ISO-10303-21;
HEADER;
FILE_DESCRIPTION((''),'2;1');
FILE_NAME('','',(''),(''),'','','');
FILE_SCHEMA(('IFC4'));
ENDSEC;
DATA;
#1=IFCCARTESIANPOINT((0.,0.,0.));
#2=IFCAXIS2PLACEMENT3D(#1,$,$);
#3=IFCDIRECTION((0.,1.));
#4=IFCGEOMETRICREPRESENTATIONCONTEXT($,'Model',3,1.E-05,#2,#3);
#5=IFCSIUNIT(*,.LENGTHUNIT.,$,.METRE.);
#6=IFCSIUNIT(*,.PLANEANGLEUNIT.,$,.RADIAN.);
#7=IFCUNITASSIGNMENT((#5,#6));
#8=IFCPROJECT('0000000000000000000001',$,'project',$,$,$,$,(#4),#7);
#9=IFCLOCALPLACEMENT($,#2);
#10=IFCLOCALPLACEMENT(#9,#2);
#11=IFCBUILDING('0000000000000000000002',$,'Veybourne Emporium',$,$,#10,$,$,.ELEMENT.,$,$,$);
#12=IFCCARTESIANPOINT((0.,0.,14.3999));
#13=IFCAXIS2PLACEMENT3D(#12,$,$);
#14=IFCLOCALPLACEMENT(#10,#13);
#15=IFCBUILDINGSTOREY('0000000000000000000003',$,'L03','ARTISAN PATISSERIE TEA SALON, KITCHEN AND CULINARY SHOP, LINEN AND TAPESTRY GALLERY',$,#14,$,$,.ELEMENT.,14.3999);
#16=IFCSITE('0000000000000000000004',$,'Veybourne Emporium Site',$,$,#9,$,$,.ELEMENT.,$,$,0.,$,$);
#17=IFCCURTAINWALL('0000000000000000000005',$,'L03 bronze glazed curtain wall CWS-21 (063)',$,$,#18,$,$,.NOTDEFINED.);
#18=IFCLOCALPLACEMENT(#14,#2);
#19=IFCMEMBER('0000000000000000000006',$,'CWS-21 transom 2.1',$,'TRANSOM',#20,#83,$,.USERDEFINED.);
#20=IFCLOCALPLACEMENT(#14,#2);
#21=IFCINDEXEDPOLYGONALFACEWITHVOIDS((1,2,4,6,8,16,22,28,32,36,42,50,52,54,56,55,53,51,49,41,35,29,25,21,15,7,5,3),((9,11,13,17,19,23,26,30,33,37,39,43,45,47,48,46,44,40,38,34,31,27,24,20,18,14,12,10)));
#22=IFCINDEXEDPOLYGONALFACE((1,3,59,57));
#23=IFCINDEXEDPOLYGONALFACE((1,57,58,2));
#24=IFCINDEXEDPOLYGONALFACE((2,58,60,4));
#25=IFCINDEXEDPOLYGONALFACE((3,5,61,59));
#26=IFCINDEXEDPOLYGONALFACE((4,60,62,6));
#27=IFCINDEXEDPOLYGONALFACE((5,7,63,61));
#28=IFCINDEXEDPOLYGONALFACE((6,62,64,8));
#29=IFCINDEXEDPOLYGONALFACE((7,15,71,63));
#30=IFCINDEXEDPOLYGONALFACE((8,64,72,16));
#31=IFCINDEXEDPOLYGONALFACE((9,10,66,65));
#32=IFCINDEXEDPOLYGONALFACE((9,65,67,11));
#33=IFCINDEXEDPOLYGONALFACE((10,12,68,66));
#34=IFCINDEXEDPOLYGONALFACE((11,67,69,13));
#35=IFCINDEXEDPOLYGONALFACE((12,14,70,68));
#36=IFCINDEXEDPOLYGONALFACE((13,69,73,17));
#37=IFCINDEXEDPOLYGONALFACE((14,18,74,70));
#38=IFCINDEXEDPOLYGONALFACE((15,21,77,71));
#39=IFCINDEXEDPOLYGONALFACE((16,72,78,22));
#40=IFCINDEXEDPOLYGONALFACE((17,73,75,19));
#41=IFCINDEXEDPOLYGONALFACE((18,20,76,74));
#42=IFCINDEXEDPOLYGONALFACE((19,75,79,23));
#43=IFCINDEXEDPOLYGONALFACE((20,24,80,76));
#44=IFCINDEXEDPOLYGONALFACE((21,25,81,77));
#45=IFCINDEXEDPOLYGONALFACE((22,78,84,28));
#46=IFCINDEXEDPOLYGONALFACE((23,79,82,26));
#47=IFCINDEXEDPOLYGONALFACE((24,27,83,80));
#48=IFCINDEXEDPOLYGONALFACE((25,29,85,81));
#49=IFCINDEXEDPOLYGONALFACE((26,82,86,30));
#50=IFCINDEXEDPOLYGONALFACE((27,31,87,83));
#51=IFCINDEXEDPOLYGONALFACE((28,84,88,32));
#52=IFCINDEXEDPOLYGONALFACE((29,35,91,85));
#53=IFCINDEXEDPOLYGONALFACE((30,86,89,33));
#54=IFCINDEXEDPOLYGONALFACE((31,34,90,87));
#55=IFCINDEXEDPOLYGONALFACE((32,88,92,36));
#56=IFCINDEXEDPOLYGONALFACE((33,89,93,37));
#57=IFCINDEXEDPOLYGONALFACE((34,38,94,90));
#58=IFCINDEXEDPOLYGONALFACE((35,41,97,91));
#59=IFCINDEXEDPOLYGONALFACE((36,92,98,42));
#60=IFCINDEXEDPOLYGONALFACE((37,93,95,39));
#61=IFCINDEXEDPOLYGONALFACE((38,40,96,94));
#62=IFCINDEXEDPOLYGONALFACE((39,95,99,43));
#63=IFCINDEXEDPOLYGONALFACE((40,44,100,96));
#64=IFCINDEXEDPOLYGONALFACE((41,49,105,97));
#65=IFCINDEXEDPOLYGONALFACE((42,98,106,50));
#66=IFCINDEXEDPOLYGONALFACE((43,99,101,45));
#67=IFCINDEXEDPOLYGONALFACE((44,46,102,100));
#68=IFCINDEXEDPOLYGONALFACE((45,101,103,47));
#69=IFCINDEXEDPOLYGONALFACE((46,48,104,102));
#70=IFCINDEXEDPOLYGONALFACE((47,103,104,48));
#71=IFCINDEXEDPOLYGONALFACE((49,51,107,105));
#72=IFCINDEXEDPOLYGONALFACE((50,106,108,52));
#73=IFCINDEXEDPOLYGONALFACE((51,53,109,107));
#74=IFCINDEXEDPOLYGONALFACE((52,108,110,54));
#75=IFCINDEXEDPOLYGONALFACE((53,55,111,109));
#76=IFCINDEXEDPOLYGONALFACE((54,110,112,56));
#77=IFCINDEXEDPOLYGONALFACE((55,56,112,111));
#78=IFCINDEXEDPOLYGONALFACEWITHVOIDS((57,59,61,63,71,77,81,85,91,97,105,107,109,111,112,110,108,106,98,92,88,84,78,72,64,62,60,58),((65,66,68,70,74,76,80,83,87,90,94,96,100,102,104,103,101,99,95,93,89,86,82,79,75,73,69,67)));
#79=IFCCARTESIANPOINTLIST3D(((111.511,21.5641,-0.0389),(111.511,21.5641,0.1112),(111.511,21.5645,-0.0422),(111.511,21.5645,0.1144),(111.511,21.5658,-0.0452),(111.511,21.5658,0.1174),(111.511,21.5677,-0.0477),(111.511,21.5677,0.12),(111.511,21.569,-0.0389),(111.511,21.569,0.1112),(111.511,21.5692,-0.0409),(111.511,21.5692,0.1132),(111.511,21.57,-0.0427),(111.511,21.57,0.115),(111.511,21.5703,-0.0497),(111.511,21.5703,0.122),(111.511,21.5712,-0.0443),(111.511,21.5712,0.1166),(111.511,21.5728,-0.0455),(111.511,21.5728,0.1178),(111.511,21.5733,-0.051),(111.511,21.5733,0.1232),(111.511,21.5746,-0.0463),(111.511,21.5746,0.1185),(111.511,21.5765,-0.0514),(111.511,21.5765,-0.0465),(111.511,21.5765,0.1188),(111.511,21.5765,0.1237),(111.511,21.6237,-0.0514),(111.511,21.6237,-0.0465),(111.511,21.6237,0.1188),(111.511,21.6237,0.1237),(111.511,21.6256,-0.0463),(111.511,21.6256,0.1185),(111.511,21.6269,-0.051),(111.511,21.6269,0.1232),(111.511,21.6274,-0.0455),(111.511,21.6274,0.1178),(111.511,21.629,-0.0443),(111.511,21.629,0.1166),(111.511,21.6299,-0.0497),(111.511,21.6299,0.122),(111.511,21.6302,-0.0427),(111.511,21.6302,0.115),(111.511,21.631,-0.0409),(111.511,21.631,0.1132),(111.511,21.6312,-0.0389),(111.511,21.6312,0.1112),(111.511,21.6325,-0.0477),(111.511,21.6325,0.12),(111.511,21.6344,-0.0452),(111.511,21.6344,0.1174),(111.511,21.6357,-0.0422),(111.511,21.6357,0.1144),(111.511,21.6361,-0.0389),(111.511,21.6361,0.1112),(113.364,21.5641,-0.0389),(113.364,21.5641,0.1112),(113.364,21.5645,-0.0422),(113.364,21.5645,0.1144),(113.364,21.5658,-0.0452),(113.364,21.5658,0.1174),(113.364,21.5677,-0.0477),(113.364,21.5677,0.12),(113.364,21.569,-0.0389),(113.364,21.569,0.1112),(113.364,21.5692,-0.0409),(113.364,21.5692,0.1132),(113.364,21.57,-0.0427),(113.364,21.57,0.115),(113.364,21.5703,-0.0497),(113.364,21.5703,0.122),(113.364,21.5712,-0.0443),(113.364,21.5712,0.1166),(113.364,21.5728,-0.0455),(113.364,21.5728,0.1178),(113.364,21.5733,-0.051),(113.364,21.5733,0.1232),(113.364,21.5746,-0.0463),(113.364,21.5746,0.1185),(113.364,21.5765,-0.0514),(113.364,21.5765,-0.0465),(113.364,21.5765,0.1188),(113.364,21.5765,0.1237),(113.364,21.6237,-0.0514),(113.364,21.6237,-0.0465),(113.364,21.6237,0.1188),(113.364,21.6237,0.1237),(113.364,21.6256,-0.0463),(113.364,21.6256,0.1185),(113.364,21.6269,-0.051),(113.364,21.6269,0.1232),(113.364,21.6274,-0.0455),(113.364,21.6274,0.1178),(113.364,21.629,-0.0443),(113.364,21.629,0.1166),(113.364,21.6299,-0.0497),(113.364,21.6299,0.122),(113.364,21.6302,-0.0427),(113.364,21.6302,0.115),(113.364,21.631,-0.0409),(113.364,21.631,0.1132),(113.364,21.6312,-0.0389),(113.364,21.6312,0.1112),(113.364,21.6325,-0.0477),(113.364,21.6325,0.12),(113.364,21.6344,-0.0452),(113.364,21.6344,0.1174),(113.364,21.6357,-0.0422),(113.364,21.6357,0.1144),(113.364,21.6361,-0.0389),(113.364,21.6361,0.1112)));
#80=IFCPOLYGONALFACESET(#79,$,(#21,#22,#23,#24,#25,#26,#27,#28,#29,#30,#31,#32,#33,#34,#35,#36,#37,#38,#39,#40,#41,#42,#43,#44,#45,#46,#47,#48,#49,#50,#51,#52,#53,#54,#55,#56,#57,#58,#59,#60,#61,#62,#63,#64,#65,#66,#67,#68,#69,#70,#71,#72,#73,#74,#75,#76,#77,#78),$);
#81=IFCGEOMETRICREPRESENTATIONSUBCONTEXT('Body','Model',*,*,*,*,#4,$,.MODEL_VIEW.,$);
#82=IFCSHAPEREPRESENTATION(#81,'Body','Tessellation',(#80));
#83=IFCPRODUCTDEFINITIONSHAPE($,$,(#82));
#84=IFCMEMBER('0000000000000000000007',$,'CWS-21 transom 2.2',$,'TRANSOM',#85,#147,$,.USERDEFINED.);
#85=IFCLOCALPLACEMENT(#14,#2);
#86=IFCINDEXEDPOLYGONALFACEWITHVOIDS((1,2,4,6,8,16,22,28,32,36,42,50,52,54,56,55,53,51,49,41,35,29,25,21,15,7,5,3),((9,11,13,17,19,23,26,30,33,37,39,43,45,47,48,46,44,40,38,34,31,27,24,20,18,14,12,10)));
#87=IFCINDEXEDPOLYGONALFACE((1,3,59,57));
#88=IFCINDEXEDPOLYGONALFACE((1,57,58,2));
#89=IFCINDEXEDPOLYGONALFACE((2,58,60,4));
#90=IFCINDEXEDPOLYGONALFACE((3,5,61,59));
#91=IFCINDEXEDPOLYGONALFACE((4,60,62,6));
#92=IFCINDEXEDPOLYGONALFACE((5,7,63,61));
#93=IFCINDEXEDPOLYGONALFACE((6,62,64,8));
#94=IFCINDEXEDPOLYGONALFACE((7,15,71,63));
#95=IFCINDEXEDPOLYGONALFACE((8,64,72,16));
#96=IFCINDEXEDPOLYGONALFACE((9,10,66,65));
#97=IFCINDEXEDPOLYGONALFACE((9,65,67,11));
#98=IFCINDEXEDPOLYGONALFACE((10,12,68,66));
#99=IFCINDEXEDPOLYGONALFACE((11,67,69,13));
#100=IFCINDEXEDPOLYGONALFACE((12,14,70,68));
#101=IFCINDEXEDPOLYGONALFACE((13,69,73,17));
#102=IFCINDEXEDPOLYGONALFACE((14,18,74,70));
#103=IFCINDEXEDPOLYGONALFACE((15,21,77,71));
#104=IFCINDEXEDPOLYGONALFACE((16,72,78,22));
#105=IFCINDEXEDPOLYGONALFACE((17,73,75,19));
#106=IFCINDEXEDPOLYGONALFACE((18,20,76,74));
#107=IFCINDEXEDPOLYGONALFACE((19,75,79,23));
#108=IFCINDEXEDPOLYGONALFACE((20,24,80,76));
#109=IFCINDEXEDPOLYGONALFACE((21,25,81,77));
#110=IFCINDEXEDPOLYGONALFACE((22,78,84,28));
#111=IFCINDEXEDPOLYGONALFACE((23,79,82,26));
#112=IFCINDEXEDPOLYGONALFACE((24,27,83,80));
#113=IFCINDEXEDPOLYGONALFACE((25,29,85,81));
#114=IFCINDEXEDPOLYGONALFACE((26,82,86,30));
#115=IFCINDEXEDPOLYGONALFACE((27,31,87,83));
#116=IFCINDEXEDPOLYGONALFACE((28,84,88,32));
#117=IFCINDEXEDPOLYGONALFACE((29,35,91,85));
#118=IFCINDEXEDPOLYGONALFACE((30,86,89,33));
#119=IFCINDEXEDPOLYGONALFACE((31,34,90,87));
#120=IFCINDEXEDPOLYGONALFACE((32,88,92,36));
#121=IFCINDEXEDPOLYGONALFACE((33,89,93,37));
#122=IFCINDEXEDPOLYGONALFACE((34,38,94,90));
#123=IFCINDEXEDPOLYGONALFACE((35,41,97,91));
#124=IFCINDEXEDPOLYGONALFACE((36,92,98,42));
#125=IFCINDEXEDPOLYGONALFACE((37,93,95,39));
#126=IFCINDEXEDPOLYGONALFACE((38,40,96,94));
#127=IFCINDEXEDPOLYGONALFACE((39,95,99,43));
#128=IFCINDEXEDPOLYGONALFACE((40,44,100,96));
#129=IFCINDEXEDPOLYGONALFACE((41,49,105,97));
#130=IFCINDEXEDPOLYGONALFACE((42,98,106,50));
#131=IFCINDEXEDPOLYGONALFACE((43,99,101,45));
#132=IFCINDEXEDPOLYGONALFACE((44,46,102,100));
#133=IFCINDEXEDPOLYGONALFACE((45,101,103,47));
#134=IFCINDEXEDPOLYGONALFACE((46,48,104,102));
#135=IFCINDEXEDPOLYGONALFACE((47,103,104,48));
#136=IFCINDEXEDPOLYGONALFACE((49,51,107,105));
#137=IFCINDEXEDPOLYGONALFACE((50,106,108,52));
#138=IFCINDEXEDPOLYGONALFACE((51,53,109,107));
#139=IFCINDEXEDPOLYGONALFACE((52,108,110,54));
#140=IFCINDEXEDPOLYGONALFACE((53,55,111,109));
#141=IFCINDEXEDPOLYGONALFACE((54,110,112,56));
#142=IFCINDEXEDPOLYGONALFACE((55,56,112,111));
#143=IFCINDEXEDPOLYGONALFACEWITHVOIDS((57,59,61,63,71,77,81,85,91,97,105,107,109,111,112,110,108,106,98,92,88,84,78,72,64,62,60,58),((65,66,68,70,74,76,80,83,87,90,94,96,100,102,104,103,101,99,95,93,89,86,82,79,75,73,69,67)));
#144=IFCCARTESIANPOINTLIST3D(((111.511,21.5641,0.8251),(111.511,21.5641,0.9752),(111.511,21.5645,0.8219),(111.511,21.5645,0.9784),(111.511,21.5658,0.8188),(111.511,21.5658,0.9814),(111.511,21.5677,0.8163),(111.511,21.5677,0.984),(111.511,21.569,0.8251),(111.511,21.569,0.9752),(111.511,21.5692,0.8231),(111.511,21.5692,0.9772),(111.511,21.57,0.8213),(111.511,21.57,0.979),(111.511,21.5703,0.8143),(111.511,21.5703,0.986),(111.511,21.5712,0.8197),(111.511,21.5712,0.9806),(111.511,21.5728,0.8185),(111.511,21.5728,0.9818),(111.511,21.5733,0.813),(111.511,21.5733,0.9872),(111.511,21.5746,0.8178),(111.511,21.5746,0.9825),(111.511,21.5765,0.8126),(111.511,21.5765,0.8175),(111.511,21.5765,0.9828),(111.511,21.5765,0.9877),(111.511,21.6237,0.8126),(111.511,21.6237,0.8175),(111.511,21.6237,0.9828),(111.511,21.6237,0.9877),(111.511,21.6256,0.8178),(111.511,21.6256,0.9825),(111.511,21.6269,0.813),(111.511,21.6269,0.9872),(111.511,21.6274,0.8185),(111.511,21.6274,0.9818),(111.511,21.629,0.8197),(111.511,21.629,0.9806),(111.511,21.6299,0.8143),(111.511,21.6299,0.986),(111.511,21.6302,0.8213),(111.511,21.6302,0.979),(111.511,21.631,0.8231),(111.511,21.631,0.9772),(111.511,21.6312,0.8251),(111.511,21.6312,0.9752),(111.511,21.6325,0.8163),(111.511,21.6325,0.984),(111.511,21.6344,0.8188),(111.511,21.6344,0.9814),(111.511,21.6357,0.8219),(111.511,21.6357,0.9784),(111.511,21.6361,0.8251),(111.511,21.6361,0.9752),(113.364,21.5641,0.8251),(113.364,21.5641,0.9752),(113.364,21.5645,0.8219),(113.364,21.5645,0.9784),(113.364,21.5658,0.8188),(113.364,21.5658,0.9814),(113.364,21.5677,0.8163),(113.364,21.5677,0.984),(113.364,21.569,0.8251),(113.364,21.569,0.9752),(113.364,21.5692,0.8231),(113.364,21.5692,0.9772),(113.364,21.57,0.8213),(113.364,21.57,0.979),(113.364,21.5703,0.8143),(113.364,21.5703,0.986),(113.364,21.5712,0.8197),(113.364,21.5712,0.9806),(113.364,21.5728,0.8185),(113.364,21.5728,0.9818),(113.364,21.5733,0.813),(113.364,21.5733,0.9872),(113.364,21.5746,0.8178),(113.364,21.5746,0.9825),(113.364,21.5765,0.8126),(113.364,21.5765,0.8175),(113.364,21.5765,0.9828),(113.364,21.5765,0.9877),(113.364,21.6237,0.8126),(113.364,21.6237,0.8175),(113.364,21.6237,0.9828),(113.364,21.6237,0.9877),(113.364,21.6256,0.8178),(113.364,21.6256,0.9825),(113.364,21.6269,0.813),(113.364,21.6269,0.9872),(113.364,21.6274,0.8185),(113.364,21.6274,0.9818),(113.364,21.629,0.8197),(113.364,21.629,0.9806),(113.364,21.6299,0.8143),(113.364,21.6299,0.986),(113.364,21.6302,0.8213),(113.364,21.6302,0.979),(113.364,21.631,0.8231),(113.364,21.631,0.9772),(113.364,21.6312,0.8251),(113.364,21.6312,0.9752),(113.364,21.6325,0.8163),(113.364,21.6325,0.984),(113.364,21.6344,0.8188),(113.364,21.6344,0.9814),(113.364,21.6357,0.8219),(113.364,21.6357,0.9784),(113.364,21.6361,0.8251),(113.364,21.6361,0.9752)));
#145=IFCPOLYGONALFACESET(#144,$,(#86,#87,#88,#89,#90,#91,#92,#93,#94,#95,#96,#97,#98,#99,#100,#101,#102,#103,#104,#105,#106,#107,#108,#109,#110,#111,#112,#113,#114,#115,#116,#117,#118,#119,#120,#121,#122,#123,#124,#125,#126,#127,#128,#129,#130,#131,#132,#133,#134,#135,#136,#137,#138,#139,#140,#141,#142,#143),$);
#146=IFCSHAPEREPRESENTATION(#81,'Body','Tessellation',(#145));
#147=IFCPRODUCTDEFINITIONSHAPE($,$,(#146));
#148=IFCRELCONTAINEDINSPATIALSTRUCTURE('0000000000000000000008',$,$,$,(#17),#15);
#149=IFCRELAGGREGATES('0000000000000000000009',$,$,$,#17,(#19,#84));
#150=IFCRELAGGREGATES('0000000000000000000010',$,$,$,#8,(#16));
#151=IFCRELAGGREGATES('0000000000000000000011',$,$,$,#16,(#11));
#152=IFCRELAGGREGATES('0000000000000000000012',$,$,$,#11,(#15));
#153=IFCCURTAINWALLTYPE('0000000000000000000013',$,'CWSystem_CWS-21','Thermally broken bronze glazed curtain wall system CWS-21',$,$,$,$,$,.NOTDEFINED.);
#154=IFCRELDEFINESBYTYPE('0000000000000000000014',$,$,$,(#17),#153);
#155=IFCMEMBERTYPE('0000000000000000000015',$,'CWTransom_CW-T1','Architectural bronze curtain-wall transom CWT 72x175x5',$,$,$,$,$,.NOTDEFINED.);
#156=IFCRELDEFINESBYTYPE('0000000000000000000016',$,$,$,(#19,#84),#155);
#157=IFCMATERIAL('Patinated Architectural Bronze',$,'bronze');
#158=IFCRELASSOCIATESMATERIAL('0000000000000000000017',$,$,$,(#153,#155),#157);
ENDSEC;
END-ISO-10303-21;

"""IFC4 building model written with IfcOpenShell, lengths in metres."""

from ifc_helpers import new_model, si_unit, direction, frame, origin, origin_2d, place, context, subcontext, project, spatial, hollow_rectangle, extrude, material, material_profile, profile_set, type_object, element, aggregate, save


model = new_model("IFC4")

# Units and contexts
model_context = context("Model", 3, precision=1e-05, world=origin(), true_north=direction((0.0, 1.0)))
body_context = subcontext(model_context, "Body", "Model", "MODEL_VIEW")
ifc_project = project(units=[si_unit("LENGTHUNIT", "METRE"), si_unit("PLANEANGLEUNIT", "RADIAN")], contexts=[model_context])

# Site, building, storey
site_placement = place(None, origin())
site = spatial("IfcSite", under=ifc_project, at=site_placement, Name="Veybourne Emporium Site", CompositionType="ELEMENT", RefElevation=0.0)
building_placement = place(site_placement, origin())
building = spatial("IfcBuilding", under=site, at=building_placement, Name="Veybourne Emporium", CompositionType="ELEMENT")
storey_placement = place(building_placement, frame((0.0, 0.0, 14.3999)))
storey = spatial("IfcBuildingStorey", under=building, at=storey_placement, Name="L03", Description="ARTISAN PATISSERIE TEA SALON, KITCHEN AND CULINARY SHOP, LINEN AND TAPESTRY GALLERY", CompositionType="ELEMENT", Elevation=14.3999)

# Curtain wall, members
ifc_material_1 = material(Name="Patinated Architectural Bronze", Category="bronze")
curtain_wall_type = type_object("IfcCurtainWallType", Name="CWSystem_CWS-21", Description="Thermally broken bronze glazed curtain wall system CWS-21", PredefinedType="NOTDEFINED", material=ifc_material_1)
curtain_wall_placement = place(storey_placement, origin())
curtain_wall = element("IfcCurtainWall", 1, at=curtain_wall_placement, inside=storey, type_object=curtain_wall_type, Name="L03 bronze glazed curtain wall CWS-21 (063)", PredefinedType="NOTDEFINED")
ifc_material_profile_1 = material_profile(ifc_material_1, hollow_rectangle(XDim=0.072, YDim=0.175, WallThickness=0.0049, InnerFilletRadius=0.0076, OuterFilletRadius=0.0125, at=origin_2d()), Name="CWT 72x175x5")
ifc_profile_set_1 = profile_set([ifc_material_profile_1], Name="Patinated Architectural Bronze")
member_type_1 = type_object("IfcMemberType", Name="CWTransom_CW-T1", Description="Architectural bronze curtain-wall transom CWT 72x175x5", PredefinedType="NOTDEFINED", material=ifc_profile_set_1)
member_1_placement = place(storey_placement, frame((111.511, 21.6001, 0.0361), z_axis=(1.0, 0.0, 0.0), x_axis=(0.0, 1.0, 0.0)))
member_1 = element("IfcMember", 2, at=member_1_placement, type_object=member_type_1, Name="CWS-21 transom 2.1", ObjectType="TRANSOM", PredefinedType="USERDEFINED", context=body_context, shape_type="SweptSolid", body=[
    extrude(hollow_rectangle(XDim=0.072, YDim=0.175, WallThickness=0.0049, InnerFilletRadius=0.0076, OuterFilletRadius=0.0125, at=origin_2d()), origin(), (0.0, 0.0, 1.0), 1.853),
])
member_2_placement = place(storey_placement, frame((111.511, 21.6001, 0.9001), z_axis=(1.0, 0.0, 0.0), x_axis=(0.0, 1.0, 0.0)))
member_2 = element("IfcMember", 3, at=member_2_placement, type_object=member_type_1, Name="CWS-21 transom 2.2", ObjectType="TRANSOM", PredefinedType="USERDEFINED", context=body_context, shape_type="SweptSolid", body=[
    extrude(hollow_rectangle(XDim=0.072, YDim=0.175, WallThickness=0.0049, InnerFilletRadius=0.0076, OuterFilletRadius=0.0125, at=origin_2d()), origin(), (0.0, 0.0, 1.0), 1.853),
])
aggregate(curtain_wall, [member_1, member_2])

save(model, "model.ifc")
